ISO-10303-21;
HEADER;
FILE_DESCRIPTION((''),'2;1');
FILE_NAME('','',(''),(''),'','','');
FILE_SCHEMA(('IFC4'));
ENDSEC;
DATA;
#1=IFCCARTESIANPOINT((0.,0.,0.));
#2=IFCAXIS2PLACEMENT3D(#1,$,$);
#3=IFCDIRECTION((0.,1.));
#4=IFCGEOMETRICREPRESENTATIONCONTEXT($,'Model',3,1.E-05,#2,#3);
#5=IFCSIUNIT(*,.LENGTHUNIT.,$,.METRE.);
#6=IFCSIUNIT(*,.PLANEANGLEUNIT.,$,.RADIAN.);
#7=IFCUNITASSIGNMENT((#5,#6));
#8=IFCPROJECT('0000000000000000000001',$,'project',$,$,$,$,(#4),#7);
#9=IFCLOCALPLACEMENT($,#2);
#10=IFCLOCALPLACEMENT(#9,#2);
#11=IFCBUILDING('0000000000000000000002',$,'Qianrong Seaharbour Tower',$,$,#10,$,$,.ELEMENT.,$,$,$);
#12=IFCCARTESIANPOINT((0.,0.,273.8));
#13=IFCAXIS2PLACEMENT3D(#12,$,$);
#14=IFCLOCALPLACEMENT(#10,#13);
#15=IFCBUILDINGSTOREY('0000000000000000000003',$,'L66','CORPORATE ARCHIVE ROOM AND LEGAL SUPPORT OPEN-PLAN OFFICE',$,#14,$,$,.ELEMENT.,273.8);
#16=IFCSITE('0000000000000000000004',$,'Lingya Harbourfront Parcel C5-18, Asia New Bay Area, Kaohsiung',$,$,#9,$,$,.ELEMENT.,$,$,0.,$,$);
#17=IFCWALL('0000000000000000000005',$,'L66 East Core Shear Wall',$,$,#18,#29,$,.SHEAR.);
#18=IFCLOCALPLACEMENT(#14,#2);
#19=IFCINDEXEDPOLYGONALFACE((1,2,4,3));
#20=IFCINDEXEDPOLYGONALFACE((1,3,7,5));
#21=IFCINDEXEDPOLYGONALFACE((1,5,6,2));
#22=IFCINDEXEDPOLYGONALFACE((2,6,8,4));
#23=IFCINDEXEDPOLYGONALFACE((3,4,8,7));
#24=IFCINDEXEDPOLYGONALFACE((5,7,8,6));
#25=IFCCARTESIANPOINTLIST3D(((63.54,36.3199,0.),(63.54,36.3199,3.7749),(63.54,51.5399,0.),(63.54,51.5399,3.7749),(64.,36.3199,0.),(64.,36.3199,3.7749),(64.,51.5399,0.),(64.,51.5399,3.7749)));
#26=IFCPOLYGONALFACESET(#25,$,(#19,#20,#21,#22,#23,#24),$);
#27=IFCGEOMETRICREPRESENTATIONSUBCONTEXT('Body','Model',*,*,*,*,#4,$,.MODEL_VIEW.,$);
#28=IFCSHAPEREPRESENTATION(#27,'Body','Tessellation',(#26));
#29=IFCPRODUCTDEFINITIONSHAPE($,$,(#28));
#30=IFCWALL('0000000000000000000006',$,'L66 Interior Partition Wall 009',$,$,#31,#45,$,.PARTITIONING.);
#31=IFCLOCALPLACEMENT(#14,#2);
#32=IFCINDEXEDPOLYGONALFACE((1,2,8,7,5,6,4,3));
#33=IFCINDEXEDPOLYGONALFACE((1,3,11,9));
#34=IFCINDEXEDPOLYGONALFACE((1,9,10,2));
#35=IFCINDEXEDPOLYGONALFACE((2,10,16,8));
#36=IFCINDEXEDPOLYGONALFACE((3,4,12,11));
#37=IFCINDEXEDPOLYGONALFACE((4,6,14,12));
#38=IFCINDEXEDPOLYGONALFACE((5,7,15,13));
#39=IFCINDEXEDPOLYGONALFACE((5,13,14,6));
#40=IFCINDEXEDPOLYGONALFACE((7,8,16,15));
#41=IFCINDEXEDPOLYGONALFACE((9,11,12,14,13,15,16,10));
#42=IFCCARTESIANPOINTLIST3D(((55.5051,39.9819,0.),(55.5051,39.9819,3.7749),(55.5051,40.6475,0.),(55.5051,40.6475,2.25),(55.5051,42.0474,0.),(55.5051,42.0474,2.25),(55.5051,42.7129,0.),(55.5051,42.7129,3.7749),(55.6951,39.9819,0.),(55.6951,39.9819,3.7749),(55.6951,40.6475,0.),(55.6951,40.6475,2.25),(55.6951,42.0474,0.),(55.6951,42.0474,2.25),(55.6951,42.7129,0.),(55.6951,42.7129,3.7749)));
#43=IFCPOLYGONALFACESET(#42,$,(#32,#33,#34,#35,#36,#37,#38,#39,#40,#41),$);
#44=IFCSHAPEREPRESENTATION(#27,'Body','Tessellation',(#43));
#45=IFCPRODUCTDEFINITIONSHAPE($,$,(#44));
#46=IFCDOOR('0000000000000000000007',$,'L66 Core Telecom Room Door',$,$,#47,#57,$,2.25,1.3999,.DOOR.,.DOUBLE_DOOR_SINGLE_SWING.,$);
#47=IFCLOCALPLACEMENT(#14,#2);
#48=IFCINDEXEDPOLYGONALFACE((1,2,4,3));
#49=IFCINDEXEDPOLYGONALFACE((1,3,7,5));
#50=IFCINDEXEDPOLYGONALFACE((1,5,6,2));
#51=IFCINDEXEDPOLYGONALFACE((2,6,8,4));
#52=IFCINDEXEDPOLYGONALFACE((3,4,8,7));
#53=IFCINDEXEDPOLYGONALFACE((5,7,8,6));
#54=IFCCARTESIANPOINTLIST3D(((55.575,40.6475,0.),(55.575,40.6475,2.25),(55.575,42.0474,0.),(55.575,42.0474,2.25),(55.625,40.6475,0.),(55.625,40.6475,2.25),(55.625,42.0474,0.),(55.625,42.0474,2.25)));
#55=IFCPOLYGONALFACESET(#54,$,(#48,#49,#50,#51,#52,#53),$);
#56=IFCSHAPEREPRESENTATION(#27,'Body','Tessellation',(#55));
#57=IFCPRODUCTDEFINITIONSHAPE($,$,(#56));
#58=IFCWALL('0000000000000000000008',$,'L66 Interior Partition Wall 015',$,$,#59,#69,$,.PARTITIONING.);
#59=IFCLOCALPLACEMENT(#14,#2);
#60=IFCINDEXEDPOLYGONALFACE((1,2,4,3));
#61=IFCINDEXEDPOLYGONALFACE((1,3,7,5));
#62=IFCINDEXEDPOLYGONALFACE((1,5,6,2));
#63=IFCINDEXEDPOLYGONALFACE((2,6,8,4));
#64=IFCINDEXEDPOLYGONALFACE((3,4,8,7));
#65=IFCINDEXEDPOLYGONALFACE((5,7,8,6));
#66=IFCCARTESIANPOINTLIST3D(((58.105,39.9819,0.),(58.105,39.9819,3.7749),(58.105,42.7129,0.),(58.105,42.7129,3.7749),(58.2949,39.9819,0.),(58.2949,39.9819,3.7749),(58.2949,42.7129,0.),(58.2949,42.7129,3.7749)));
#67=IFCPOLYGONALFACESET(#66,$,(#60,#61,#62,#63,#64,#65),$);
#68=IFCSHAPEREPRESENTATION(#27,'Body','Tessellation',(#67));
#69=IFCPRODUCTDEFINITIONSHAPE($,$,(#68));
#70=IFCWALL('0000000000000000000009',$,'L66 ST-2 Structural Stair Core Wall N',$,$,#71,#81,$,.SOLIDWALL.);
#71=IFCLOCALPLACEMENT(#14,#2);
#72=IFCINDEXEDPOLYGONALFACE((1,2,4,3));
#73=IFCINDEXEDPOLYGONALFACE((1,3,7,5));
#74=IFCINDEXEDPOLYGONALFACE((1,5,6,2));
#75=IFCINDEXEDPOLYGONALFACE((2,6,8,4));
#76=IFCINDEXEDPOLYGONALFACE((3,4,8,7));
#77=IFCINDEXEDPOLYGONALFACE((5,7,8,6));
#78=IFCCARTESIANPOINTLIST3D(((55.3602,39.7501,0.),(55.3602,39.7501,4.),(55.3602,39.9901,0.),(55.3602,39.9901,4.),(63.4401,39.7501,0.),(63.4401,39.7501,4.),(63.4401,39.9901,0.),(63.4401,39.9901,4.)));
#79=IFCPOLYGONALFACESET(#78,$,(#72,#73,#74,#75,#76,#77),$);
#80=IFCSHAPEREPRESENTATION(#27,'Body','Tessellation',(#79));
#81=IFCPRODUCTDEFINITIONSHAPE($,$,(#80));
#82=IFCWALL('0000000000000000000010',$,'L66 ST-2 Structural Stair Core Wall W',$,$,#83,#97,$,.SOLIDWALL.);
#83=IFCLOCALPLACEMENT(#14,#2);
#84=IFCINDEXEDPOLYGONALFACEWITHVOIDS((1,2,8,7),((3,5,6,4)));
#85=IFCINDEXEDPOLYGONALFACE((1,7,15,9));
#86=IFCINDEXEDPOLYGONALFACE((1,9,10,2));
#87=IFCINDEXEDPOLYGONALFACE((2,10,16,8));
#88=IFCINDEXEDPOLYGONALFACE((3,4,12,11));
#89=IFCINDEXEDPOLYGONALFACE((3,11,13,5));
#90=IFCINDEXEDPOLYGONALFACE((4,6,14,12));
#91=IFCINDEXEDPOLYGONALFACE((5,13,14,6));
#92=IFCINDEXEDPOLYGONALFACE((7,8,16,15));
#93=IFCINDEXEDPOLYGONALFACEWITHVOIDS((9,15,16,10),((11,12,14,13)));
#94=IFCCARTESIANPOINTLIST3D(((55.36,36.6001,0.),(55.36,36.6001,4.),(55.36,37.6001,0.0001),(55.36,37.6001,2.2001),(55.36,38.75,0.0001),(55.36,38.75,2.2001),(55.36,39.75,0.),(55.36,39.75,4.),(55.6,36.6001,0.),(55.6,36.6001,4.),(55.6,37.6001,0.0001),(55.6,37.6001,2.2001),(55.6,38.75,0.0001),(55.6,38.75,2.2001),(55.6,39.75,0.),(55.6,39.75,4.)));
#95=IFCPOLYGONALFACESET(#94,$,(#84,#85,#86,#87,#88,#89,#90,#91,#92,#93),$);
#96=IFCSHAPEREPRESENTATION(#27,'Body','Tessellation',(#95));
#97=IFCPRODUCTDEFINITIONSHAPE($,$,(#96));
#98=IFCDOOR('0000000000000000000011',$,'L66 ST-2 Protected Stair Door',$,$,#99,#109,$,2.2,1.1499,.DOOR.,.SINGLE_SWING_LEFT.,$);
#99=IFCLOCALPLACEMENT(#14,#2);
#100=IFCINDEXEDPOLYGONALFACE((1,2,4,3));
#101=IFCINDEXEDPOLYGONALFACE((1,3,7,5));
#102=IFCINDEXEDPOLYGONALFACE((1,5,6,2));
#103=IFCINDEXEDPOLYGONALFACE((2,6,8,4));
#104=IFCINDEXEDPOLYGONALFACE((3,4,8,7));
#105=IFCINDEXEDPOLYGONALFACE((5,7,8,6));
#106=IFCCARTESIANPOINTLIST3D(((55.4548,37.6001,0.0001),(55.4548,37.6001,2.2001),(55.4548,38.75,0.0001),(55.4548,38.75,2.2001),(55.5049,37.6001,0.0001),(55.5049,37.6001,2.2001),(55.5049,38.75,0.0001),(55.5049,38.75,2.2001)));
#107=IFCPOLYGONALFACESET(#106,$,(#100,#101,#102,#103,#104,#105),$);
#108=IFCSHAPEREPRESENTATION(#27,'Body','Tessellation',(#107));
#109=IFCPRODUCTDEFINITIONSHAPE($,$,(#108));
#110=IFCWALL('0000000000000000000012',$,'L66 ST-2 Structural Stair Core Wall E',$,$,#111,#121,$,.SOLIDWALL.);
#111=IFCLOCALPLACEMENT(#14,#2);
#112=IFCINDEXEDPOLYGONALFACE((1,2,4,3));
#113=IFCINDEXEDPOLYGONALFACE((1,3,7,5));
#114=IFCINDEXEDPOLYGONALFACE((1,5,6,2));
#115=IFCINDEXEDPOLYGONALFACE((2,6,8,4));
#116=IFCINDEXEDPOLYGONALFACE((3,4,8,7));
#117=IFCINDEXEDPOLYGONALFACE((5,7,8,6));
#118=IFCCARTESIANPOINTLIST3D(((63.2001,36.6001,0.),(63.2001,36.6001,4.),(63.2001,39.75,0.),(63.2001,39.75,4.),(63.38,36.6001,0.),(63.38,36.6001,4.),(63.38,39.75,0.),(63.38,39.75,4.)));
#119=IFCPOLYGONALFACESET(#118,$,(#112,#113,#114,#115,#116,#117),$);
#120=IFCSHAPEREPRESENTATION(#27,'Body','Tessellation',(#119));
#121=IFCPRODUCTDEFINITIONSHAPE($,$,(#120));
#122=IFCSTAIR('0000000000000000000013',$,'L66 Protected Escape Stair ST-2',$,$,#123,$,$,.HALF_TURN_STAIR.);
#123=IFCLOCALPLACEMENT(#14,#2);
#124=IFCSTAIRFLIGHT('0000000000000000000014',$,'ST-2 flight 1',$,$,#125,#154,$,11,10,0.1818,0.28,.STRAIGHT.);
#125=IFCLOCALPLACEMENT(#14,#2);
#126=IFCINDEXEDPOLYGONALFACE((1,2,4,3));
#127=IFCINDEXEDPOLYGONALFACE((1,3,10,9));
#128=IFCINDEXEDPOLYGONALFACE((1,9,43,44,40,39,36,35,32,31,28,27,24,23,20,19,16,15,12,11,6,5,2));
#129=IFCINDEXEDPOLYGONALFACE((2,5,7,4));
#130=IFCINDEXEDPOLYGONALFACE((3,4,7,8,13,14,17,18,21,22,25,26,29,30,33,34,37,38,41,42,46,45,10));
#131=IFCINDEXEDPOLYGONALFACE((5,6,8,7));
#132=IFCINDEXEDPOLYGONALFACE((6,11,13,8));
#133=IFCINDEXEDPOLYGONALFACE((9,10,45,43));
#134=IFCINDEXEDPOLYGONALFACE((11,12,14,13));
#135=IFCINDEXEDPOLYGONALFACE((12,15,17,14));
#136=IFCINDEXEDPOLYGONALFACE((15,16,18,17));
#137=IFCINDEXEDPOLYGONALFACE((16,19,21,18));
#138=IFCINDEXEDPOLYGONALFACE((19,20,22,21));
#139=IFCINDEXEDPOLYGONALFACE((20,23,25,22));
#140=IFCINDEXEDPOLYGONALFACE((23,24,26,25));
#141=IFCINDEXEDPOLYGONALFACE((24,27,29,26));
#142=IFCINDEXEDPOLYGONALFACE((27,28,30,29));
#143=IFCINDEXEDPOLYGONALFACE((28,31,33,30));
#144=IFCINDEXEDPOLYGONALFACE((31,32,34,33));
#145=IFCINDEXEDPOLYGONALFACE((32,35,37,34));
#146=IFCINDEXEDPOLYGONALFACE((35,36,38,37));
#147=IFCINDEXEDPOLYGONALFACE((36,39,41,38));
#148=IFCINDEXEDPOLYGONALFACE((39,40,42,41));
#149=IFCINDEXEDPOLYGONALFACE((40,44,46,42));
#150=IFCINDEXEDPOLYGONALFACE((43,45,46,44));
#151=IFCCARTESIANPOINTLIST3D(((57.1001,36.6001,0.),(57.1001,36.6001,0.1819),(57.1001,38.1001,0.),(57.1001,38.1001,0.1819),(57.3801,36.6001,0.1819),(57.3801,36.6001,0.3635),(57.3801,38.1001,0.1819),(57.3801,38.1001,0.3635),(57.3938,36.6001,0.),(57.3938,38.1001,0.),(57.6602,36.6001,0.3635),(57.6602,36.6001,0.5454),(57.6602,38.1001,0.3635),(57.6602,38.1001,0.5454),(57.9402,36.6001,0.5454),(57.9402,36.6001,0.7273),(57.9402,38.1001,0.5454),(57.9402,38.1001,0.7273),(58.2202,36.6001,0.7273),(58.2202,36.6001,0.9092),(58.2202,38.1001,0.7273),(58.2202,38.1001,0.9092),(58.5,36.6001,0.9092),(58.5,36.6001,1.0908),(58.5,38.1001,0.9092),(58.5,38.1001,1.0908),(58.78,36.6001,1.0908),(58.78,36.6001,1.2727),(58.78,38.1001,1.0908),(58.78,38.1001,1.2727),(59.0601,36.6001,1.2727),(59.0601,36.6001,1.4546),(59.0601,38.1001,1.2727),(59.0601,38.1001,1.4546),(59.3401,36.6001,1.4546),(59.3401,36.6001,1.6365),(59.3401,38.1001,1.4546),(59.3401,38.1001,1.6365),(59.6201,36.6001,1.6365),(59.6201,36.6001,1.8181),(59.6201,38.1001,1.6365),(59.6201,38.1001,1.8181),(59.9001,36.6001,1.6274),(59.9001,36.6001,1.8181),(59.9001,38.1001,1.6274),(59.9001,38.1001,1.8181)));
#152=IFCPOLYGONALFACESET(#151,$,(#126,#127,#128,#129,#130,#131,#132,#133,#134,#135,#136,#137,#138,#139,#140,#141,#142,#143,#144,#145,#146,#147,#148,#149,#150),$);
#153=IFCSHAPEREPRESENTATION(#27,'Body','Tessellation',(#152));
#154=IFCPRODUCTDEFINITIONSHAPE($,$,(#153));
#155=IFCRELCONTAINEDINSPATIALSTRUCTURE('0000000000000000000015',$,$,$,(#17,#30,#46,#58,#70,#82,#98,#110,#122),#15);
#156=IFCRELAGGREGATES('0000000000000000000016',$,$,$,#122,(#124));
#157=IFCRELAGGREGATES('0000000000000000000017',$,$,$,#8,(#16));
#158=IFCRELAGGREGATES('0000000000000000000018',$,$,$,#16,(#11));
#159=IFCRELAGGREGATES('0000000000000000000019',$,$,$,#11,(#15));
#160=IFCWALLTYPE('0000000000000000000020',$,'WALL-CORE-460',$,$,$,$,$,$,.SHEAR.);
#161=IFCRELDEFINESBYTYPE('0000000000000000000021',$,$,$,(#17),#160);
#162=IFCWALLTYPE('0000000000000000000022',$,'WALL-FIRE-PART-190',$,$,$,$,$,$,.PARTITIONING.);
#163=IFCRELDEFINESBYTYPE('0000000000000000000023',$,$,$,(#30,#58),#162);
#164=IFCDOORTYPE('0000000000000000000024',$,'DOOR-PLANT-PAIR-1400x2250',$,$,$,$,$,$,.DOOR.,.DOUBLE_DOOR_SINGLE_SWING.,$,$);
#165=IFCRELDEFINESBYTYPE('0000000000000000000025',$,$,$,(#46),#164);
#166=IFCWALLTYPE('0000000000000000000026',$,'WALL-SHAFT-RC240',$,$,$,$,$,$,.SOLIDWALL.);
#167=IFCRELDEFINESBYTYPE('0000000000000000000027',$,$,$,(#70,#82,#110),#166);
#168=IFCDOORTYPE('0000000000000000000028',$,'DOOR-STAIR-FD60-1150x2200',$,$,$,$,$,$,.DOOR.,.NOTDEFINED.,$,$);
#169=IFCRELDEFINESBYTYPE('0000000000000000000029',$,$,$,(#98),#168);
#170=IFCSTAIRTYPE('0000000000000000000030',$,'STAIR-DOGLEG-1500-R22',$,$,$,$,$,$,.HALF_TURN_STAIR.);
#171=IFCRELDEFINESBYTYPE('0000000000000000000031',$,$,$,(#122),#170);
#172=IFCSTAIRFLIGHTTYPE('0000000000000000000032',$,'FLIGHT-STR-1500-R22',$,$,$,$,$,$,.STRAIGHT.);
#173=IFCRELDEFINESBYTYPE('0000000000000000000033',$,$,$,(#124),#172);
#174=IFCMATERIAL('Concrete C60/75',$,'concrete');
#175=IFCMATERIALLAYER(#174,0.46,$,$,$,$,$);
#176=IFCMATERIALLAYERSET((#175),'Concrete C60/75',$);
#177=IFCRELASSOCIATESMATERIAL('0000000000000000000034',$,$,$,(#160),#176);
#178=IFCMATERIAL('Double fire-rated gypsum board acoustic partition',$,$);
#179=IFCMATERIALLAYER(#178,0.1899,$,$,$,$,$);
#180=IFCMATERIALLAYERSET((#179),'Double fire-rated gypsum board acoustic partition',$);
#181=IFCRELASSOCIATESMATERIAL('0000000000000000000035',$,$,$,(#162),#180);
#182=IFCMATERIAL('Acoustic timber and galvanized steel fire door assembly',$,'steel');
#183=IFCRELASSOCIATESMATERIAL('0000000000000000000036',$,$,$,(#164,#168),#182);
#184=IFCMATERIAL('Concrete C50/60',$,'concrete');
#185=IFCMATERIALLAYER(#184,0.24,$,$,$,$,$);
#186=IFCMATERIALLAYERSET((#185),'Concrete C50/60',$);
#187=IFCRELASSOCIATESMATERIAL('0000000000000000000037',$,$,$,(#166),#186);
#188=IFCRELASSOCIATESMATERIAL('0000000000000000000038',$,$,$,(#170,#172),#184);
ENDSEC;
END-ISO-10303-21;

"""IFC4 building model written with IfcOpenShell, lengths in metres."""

from ifc_helpers import new_model, si_unit, direction, frame, frame_2d, origin, place, context, subcontext, project, spatial, polyline, rectangle, outline, extrude, material, layer, layer_set, type_object, element, fill, aggregate, save


model = new_model("IFC4")

# Units and contexts
model_context = context("Model", 3, precision=1e-05, world=origin(), true_north=direction((0.0, 1.0)))
body_context = subcontext(model_context, "Body", "Model", "MODEL_VIEW")
ifc_project = project(units=[si_unit("LENGTHUNIT", "METRE"), si_unit("PLANEANGLEUNIT", "RADIAN")], contexts=[model_context])

# Site, building, storey
site_placement = place(None, origin())
site = spatial("IfcSite", under=ifc_project, at=site_placement, Name="Lingya Harbourfront Parcel C5-18, Asia New Bay Area, Kaohsiung", CompositionType="ELEMENT", RefElevation=0.0)
building_placement = place(site_placement, origin())
building = spatial("IfcBuilding", under=site, at=building_placement, Name="Qianrong Seaharbour Tower", CompositionType="ELEMENT")
storey_placement = place(building_placement, frame((0.0, 0.0, 273.8)))
storey = spatial("IfcBuildingStorey", under=building, at=storey_placement, Name="L66", Description="CORPORATE ARCHIVE ROOM AND LEGAL SUPPORT OPEN-PLAN OFFICE", CompositionType="ELEMENT", Elevation=273.8)

# Wall
ifc_material_1 = material(Name="Concrete C60/75", Category="concrete")
ifc_layer_1 = layer(ifc_material_1, 0.46)
ifc_layer_set_1 = layer_set([ifc_layer_1], Name="Concrete C60/75")
wall_type_1 = type_object("IfcWallType", Name="WALL-CORE-460", PredefinedType="SHEAR", material=ifc_layer_set_1)
wall_1_placement = place(storey_placement, frame((63.77, 36.3201, 0.0), z_axis=(0.0, 0.0, 1.0), x_axis=(0.0, 1.0, 0.0)))
element("IfcWall", 1, at=wall_1_placement, inside=storey, type_object=wall_type_1, Name="L66 East Core Shear Wall", PredefinedType="SHEAR", context=body_context, shape_type="SweptSolid", body=[
    extrude(rectangle(XDim=15.22, YDim=0.46, at=frame_2d((7.6099, 0.0))), origin(), (0.0, 0.0, 1.0), 3.7749),
])

# Wall, opening, door
ifc_material_2 = material(Name="Double fire-rated gypsum board acoustic partition")
ifc_layer_2 = layer(ifc_material_2, 0.1899)
ifc_layer_set_2 = layer_set([ifc_layer_2], Name="Double fire-rated gypsum board acoustic partition")
wall_type_2 = type_object("IfcWallType", Name="WALL-FIRE-PART-190", PredefinedType="PARTITIONING", material=ifc_layer_set_2)
wall_2_placement = place(storey_placement, frame((55.6001, 42.7129, 0.0), z_axis=(0.0, 0.0, 1.0), x_axis=(0.0, -1.0, 0.0)))
wall_2 = element("IfcWall", 2, at=wall_2_placement, inside=storey, type_object=wall_type_2, Name="L66 Interior Partition Wall 009", PredefinedType="PARTITIONING", context=body_context, shape_type="SweptSolid", body=[
    extrude(rectangle(XDim=2.731, YDim=0.1899, at=frame_2d((1.3655, 0.0))), origin(), (0.0, 0.0, 1.0), 3.7749),
])
opening_1_placement = place(wall_2_placement, frame((0.6655, 0.0, 0.0)))
opening_1 = element("IfcOpeningElement", 3, at=opening_1_placement, cuts=wall_2, PredefinedType="OPENING", context=body_context, shape_type="SweptSolid", body=[
    extrude(rectangle(XDim=1.3999, YDim=2.25, at=frame_2d((0.7, 1.125))), frame((0.0, 0.105, 0.0), z_axis=(0.0, -1.0, 0.0), x_axis=(1.0, 0.0, 0.0)), (0.0, 0.0, 1.0), 0.21),
])
ifc_material_3 = material(Name="Acoustic timber and galvanized steel fire door assembly", Category="steel")
door_type_1 = type_object("IfcDoorType", Name="DOOR-PLANT-PAIR-1400x2250", OperationType="DOUBLE_DOOR_SINGLE_SWING", PredefinedType="DOOR", material=ifc_material_3)
door_1_placement = place(opening_1_placement, origin())
door_1 = element("IfcDoor", 4, at=door_1_placement, inside=storey, type_object=door_type_1, Name="L66 Core Telecom Room Door", OperationType="DOUBLE_DOOR_SINGLE_SWING", OverallHeight=2.25, OverallWidth=1.3999, PredefinedType="DOOR", context=body_context, shape_type="SweptSolid", body=[
    extrude(rectangle(XDim=1.3999, YDim=2.25, at=frame_2d((0.7, 1.125))), frame((0.0, 0.0249, 0.0), z_axis=(0.0, -1.0, 0.0), x_axis=(1.0, 0.0, 0.0)), (0.0, 0.0, 1.0), 0.05),
])
fill(opening_1, door_1)

# Walls
wall_3_placement = place(storey_placement, frame((58.2, 42.7129, 0.0), z_axis=(0.0, 0.0, 1.0), x_axis=(0.0, -1.0, 0.0)))
element("IfcWall", 5, at=wall_3_placement, inside=storey, type_object=wall_type_2, Name="L66 Interior Partition Wall 015", PredefinedType="PARTITIONING", context=body_context, shape_type="SweptSolid", body=[
    extrude(rectangle(XDim=2.731, YDim=0.1899, at=frame_2d((1.3655, 0.0))), origin(), (0.0, 0.0, 1.0), 3.7749),
])
ifc_material_4 = material(Name="Concrete C50/60", Category="concrete")
ifc_layer_3 = layer(ifc_material_4, 0.24)
ifc_layer_set_3 = layer_set([ifc_layer_3], Name="Concrete C50/60")
wall_type_3 = type_object("IfcWallType", Name="WALL-SHAFT-RC240", PredefinedType="SOLIDWALL", material=ifc_layer_set_3)
wall_4_placement = place(storey_placement, frame((55.3601, 39.8701, 0.0), z_axis=(0.0, 0.0, 1.0), x_axis=(1.0, 0.0, 0.0)))
element("IfcWall", 6, at=wall_4_placement, inside=storey, type_object=wall_type_3, Name="L66 ST-2 Structural Stair Core Wall N", PredefinedType="SOLIDWALL", context=body_context, shape_type="SweptSolid", body=[
    extrude(rectangle(XDim=8.0798, YDim=0.24, at=frame_2d((4.04, 0.0))), origin(), (0.0, 0.0, 1.0), 4.0),
])

# Wall, opening, door
wall_5_placement = place(storey_placement, frame((55.48, 39.75, 0.0), z_axis=(0.0, 0.0, 1.0), x_axis=(0.0, -1.0, 0.0)))
wall_5 = element("IfcWall", 7, at=wall_5_placement, inside=storey, type_object=wall_type_3, Name="L66 ST-2 Structural Stair Core Wall W", PredefinedType="SOLIDWALL", context=body_context, shape_type="SweptSolid", body=[
    extrude(rectangle(XDim=3.1499, YDim=0.24, at=frame_2d((1.575, 0.0))), origin(), (0.0, 0.0, 1.0), 4.0),
])
opening_2_placement = place(wall_5_placement, frame((1.0, 0.0, 0.0)))
opening_2 = element("IfcOpeningElement", 8, at=opening_2_placement, cuts=wall_5, PredefinedType="OPENING", context=body_context, shape_type="SweptSolid", body=[
    extrude(rectangle(XDim=1.1499, YDim=2.2, at=frame_2d((0.575, 1.1001))), frame((0.0, 0.1299, 0.0), z_axis=(0.0, -1.0, 0.0), x_axis=(1.0, 0.0, 0.0)), (0.0, 0.0, 1.0), 0.26),
])
door_type_2 = type_object("IfcDoorType", Name="DOOR-STAIR-FD60-1150x2200", OperationType="NOTDEFINED", PredefinedType="DOOR", material=ifc_material_3)
door_2_placement = place(opening_2_placement, origin())
door_2 = element("IfcDoor", 9, at=door_2_placement, inside=storey, type_object=door_type_2, Name="L66 ST-2 Protected Stair Door", OperationType="SINGLE_SWING_LEFT", OverallHeight=2.2, OverallWidth=1.1499, PredefinedType="DOOR", context=body_context, shape_type="SweptSolid", body=[
    extrude(rectangle(XDim=1.1499, YDim=2.2, at=frame_2d((0.575, 1.1001))), frame((0.0, 0.0249, 0.0), z_axis=(0.0, -1.0, 0.0), x_axis=(1.0, 0.0, 0.0)), (0.0, 0.0, 1.0), 0.05),
])
fill(opening_2, door_2)

# Wall
wall_6_placement = place(storey_placement, frame((63.29, 36.6001, 0.0), z_axis=(0.0, 0.0, 1.0), x_axis=(0.0, 1.0, 0.0)))
element("IfcWall", 10, at=wall_6_placement, inside=storey, type_object=wall_type_3, Name="L66 ST-2 Structural Stair Core Wall E", PredefinedType="SOLIDWALL", context=body_context, shape_type="SweptSolid", body=[
    extrude(rectangle(XDim=3.1499, YDim=0.1799, at=frame_2d((1.575, 0.0))), origin(), (0.0, 0.0, 1.0), 4.0),
])

# Stair, stair flight
stair_type = type_object("IfcStairType", Name="STAIR-DOGLEG-1500-R22", PredefinedType="HALF_TURN_STAIR", material=ifc_material_4)
stair_placement = place(storey_placement, origin())
stair = element("IfcStair", 11, at=stair_placement, inside=storey, type_object=stair_type, Name="L66 Protected Escape Stair ST-2", PredefinedType="HALF_TURN_STAIR")
stair_flight_type = type_object("IfcStairFlightType", Name="FLIGHT-STR-1500-R22", PredefinedType="STRAIGHT", material=ifc_material_4)
stair_flight_1_placement = place(storey_placement, frame((57.1001, 37.3501, 0.0), z_axis=(0.0, 0.0, 1.0), x_axis=(1.0, 0.0, 0.0)))
stair_flight_1 = element("IfcStairFlight", 12, at=stair_flight_1_placement, type_object=stair_flight_type, Name="ST-2 flight 1", NumberOfRisers=11, NumberOfTreads=10, PredefinedType="STRAIGHT", RiserHeight=0.1818, TreadLength=0.28, context=body_context, shape_type="SweptSolid", body=[
    extrude(outline(polyline([(0.0, 0.0), (0.0, 0.1819), (0.28, 0.1819), (0.28, 0.3635), (0.5601, 0.3635), (0.5601, 0.5454), (0.8401, 0.5454), (0.8401, 0.7273), (1.1201, 0.7273), (1.1201, 0.9092), (1.3999, 0.9092), (1.3999, 1.0908), (1.6799, 1.0908), (1.6799, 1.2727), (1.96, 1.2727), (1.96, 1.4546), (2.24, 1.4546), (2.24, 1.6365), (2.52, 1.6365), (2.52, 1.8181), (2.8, 1.8181), (2.8, 2.0), (2.8, 1.6274), (0.2937, 0.0), (0.0, 0.0)])), frame((0.0, 0.75, 0.0), z_axis=(0.0, -1.0, 0.0), x_axis=(1.0, 0.0, 0.0)), (0.0, 0.0, 1.0), 1.5),
])
aggregate(stair, [stair_flight_1])

save(model, "model.ifc")
